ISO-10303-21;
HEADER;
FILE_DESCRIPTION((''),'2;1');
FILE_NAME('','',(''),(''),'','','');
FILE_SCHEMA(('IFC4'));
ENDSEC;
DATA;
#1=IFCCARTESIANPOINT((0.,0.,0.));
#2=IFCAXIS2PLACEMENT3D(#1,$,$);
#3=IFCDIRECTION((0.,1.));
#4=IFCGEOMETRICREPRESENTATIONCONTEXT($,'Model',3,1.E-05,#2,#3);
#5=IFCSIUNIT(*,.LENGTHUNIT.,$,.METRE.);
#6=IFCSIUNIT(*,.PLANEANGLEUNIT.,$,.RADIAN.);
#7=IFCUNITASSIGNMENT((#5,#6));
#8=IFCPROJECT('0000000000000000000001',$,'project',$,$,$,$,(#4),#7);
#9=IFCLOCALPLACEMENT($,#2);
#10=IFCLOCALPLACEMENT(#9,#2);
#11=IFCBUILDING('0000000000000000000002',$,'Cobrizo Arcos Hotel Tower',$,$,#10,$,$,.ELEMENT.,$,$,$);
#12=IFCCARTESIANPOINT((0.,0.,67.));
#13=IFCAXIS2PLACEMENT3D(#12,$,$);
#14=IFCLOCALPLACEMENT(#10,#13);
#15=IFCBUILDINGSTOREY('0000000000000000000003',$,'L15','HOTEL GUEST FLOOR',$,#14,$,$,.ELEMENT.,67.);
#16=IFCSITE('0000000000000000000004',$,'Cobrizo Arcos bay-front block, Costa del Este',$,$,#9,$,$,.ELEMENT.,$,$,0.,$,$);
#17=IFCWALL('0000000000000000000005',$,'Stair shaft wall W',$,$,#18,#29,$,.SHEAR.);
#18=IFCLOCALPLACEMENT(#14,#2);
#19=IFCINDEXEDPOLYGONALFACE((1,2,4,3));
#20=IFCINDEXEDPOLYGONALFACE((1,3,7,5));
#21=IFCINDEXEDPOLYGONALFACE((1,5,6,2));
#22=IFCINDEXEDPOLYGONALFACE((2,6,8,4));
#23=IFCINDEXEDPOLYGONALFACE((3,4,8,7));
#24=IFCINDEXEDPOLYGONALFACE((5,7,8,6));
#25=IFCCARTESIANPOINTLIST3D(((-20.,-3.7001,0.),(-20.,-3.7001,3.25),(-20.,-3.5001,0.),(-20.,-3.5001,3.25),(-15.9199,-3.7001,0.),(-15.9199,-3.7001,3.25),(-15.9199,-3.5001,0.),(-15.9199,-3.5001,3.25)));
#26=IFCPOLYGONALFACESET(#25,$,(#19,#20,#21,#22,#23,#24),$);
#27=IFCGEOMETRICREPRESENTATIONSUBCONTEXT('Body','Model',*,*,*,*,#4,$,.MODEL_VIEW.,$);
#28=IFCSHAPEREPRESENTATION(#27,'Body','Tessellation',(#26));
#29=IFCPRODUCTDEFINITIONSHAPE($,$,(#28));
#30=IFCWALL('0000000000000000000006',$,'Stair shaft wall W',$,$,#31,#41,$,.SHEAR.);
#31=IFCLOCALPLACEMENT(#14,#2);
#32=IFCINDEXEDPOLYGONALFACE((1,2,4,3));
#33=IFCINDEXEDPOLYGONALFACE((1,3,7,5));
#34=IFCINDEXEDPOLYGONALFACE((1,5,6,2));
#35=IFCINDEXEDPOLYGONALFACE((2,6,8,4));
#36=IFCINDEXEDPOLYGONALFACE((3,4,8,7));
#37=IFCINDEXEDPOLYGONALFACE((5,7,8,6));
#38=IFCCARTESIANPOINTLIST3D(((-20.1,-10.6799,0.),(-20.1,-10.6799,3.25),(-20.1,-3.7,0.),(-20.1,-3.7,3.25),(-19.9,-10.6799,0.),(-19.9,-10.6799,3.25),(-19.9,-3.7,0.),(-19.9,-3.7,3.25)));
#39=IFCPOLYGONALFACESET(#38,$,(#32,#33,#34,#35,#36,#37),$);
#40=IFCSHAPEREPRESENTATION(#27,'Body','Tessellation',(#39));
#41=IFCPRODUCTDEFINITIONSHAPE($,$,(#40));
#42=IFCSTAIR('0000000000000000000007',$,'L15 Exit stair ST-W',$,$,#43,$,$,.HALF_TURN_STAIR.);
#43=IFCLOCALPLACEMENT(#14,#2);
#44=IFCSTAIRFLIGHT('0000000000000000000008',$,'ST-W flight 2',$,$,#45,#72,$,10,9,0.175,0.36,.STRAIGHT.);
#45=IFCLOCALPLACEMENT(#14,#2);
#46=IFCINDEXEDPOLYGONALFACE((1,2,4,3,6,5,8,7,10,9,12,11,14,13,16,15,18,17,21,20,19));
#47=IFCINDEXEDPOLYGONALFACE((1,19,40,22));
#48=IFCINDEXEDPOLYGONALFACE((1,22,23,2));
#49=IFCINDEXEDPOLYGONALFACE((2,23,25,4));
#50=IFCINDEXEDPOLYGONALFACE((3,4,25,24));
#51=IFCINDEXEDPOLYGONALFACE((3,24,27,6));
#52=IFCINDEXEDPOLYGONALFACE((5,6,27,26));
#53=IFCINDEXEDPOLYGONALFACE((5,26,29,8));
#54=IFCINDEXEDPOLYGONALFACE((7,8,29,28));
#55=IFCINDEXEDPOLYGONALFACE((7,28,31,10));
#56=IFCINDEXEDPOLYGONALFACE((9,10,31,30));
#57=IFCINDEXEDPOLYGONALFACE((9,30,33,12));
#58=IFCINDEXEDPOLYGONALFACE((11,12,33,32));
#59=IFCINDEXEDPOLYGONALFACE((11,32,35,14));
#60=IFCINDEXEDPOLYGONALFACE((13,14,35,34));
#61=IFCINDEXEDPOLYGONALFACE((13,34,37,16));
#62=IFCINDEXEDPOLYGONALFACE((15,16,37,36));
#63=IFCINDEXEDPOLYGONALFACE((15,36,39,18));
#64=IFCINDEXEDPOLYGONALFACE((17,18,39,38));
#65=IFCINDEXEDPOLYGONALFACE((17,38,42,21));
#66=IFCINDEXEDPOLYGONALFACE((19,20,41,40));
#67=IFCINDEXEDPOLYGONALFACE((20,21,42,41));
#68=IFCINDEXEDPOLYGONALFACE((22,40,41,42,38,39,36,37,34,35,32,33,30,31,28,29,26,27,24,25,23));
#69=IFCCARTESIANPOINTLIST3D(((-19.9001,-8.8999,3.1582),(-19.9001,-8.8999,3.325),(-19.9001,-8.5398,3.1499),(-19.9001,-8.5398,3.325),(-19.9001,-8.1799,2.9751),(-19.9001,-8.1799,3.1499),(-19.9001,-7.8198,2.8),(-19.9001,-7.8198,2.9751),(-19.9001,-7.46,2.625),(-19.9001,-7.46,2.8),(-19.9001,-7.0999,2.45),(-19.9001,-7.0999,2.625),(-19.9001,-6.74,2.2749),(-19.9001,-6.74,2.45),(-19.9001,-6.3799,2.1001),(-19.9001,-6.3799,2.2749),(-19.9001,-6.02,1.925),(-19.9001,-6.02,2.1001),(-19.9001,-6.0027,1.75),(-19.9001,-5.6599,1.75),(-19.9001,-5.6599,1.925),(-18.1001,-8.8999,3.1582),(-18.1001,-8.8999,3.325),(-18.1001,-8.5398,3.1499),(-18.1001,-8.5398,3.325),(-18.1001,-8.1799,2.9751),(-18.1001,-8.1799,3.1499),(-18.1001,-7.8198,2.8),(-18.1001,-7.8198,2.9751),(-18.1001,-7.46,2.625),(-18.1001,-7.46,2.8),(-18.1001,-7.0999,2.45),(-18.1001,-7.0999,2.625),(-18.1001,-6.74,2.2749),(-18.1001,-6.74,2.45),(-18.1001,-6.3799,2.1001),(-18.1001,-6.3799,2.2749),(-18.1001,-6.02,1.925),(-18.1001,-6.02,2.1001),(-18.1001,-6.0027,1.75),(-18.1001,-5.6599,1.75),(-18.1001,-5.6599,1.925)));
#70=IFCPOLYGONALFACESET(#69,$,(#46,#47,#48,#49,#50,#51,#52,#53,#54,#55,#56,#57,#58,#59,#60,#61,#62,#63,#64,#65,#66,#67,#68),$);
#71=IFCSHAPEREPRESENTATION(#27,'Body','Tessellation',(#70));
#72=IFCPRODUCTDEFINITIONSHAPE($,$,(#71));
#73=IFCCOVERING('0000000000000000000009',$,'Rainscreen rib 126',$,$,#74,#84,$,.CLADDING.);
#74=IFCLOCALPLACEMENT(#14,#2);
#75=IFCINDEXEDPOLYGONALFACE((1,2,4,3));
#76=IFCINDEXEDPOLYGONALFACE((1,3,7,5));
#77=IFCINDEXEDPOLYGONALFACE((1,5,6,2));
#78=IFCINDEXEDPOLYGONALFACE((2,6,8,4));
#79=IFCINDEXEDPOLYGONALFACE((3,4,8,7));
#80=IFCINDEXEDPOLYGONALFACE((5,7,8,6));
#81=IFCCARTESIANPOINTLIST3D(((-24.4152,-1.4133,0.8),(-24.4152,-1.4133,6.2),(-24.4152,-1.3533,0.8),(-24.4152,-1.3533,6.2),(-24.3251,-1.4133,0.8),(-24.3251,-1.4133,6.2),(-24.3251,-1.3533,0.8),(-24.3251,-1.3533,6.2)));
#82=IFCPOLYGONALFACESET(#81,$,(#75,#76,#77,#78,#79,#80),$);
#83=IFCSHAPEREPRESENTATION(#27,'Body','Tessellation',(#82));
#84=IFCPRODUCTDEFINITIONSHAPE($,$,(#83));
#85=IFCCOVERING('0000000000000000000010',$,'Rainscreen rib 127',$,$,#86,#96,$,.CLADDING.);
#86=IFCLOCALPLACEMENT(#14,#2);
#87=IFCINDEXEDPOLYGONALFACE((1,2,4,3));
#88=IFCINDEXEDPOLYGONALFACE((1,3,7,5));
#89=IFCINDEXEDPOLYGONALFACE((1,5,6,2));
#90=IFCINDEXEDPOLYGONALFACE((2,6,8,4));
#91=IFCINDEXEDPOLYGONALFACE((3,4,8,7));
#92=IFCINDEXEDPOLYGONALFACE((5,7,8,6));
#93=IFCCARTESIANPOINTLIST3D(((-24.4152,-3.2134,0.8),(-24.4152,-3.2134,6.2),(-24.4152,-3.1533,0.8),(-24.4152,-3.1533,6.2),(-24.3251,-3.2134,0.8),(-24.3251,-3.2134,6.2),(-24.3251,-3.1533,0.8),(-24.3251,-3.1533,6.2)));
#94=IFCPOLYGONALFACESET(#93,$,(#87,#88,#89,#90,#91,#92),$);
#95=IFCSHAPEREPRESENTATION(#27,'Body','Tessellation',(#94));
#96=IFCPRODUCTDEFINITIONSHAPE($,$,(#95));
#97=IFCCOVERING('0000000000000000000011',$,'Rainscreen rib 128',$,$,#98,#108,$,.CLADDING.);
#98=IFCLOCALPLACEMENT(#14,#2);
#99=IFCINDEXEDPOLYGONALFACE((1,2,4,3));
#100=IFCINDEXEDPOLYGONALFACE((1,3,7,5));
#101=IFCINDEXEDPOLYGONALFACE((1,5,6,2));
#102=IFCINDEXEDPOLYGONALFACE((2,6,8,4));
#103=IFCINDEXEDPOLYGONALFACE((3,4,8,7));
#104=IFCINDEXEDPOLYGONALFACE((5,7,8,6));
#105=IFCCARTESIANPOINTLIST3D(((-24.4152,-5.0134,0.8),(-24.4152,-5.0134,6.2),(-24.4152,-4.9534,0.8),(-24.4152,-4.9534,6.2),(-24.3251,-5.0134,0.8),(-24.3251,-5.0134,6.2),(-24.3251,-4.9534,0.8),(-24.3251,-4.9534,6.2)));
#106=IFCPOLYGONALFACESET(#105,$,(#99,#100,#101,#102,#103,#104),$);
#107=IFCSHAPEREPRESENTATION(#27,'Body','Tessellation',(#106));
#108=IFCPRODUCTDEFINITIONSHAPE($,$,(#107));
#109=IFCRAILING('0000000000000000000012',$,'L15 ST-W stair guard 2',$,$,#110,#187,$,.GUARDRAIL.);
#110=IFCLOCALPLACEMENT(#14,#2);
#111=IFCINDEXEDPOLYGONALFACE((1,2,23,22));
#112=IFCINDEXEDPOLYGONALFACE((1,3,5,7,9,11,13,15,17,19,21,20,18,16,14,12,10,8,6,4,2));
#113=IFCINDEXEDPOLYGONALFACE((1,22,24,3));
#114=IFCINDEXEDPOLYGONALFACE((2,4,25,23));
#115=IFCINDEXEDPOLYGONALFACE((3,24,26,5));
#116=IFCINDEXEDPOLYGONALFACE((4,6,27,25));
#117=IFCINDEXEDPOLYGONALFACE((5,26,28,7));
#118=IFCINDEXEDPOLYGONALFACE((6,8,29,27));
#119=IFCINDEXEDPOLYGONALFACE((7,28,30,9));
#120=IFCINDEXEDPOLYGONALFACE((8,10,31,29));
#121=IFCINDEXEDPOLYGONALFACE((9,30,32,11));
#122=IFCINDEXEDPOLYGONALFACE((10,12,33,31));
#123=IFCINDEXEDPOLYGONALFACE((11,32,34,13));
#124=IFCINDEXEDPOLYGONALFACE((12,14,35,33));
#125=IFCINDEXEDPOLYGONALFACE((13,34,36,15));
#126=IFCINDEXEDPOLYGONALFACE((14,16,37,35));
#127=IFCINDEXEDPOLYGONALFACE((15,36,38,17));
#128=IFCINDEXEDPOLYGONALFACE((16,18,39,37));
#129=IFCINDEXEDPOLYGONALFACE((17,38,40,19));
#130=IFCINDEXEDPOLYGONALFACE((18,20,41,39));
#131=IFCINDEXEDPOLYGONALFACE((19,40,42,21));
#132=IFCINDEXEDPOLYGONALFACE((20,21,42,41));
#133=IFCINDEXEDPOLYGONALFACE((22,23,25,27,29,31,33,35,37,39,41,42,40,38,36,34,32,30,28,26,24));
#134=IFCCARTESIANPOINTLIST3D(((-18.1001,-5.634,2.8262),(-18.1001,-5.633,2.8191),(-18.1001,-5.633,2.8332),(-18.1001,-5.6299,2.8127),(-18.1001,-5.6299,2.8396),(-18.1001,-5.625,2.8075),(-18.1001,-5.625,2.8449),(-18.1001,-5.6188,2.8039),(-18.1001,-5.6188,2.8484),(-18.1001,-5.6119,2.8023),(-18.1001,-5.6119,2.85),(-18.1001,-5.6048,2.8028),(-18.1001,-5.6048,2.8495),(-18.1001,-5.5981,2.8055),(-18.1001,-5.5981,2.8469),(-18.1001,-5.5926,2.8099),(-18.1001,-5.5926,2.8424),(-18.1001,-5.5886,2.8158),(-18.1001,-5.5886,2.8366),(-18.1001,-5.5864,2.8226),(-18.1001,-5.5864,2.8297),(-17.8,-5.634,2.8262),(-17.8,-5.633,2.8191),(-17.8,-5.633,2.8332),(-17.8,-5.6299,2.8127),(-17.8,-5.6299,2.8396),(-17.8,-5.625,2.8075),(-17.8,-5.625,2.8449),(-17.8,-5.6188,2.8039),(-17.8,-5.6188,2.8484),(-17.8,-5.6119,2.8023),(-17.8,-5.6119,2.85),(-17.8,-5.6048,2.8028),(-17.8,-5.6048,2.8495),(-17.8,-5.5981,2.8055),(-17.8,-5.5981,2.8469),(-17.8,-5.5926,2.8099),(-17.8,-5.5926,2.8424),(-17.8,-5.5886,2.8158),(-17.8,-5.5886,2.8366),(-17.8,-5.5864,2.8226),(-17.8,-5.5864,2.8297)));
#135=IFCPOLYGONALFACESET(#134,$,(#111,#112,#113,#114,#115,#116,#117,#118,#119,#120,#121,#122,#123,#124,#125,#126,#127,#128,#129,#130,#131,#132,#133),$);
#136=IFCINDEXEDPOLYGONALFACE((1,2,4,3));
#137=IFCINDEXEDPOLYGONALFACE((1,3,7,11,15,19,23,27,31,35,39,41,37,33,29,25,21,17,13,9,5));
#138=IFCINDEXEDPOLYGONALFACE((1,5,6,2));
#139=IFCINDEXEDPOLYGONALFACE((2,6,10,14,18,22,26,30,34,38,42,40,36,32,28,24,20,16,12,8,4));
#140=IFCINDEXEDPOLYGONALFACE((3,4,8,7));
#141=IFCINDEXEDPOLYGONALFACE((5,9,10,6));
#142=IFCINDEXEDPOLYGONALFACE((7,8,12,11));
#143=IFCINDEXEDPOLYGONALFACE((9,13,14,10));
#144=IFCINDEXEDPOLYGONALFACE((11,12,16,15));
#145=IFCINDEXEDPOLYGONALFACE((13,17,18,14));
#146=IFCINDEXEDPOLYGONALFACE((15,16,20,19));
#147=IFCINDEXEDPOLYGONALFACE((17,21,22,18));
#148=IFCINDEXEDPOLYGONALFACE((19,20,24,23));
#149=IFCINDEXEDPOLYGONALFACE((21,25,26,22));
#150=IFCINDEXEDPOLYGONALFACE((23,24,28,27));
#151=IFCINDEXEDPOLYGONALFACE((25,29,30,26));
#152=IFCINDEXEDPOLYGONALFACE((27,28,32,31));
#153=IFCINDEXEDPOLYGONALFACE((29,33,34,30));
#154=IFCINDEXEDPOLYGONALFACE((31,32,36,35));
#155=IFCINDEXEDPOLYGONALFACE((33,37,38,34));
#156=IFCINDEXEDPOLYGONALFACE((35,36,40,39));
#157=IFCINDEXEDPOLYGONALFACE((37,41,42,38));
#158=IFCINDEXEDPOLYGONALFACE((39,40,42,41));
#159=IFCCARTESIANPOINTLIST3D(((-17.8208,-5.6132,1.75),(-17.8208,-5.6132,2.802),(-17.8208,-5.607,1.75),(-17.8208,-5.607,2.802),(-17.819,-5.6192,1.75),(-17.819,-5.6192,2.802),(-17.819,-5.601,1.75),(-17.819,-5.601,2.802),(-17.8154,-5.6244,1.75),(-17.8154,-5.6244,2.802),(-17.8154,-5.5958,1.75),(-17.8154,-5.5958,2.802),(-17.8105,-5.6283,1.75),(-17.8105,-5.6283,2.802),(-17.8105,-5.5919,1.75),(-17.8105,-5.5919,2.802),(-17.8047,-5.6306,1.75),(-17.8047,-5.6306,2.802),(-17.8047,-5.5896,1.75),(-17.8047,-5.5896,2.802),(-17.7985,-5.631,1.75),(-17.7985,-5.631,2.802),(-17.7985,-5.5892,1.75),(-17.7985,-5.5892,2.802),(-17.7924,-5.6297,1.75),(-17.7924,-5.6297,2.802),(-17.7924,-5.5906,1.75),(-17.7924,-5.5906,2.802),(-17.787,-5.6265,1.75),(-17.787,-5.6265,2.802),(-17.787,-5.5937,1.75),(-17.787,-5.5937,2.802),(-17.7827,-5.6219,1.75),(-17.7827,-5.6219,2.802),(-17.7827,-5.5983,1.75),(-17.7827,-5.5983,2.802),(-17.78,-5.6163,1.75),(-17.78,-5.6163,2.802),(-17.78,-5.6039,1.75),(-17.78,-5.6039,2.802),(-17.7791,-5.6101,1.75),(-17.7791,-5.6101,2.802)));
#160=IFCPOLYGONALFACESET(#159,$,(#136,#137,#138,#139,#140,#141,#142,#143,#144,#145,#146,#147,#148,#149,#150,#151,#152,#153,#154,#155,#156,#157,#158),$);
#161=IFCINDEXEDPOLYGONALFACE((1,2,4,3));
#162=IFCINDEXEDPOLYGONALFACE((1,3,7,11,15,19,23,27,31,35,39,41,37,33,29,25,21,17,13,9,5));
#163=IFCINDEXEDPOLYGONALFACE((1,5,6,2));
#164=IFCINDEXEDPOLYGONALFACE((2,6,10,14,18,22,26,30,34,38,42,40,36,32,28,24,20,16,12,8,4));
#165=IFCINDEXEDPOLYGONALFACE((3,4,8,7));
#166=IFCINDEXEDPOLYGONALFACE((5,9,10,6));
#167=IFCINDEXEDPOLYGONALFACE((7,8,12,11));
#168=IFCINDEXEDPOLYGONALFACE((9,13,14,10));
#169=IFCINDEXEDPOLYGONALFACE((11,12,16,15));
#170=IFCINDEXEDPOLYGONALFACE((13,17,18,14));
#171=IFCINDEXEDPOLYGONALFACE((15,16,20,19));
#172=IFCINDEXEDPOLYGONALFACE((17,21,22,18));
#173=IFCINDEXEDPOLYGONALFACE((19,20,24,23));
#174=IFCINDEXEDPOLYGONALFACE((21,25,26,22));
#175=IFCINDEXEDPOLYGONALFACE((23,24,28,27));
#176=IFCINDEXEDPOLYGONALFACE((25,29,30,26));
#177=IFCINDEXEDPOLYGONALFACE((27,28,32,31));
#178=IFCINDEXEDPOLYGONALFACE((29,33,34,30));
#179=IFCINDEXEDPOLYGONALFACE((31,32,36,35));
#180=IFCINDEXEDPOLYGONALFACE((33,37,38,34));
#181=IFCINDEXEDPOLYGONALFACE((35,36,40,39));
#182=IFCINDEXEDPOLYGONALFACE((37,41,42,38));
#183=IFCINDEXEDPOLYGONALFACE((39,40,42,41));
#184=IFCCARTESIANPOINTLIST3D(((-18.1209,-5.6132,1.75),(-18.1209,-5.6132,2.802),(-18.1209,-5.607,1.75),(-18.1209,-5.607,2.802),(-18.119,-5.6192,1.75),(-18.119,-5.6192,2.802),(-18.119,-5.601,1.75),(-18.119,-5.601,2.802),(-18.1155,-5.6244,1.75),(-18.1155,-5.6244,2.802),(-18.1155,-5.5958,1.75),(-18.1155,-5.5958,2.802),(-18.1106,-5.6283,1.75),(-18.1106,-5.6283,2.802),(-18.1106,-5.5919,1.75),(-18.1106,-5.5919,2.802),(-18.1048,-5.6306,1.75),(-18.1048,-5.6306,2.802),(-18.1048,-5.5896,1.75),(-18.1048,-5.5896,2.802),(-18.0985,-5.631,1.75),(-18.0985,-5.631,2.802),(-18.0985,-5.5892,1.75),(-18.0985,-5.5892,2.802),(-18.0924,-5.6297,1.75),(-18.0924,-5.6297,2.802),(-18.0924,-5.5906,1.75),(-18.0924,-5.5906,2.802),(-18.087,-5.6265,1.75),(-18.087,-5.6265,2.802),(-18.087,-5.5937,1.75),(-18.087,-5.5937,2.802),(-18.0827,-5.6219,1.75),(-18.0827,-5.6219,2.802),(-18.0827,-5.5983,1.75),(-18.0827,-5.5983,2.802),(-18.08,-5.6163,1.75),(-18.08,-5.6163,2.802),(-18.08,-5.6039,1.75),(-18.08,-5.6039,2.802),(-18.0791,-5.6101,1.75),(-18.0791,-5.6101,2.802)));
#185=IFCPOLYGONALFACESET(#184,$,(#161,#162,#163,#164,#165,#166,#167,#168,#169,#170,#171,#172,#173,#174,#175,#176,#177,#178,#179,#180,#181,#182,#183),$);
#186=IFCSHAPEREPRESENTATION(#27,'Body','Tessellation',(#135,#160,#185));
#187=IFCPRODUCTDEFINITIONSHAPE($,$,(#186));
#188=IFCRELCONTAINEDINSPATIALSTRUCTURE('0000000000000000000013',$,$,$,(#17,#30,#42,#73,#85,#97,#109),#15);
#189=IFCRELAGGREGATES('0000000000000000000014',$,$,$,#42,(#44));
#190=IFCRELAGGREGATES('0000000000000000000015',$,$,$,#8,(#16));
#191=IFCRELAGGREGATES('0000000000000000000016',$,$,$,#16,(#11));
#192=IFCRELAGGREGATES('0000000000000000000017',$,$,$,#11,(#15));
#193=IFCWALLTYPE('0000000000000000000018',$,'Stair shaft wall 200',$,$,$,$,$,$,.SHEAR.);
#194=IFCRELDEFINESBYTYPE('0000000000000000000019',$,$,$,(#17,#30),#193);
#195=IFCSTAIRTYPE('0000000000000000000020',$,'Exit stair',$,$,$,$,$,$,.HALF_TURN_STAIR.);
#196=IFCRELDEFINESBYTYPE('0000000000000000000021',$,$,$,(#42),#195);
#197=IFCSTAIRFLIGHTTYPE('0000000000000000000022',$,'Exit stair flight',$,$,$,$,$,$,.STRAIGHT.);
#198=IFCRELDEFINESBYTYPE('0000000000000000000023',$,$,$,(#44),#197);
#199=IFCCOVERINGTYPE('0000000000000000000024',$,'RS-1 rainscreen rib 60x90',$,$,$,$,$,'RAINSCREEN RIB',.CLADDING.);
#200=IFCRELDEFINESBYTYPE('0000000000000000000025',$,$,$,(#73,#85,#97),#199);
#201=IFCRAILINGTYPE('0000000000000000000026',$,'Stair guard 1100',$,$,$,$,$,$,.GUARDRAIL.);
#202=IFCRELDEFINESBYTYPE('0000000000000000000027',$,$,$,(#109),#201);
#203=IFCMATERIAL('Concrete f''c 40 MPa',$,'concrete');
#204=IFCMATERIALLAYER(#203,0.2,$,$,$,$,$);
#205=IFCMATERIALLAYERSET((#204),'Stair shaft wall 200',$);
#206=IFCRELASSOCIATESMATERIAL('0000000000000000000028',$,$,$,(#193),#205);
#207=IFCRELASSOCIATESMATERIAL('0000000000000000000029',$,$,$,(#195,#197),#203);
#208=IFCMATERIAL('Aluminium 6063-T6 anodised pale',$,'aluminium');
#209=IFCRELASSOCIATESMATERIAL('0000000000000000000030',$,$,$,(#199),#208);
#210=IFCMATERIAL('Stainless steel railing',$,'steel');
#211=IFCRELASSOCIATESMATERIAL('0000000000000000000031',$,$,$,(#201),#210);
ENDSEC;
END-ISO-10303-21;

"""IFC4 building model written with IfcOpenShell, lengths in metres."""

from ifc_helpers import new_model, si_unit, direction, frame, frame_2d, origin, origin_2d, place, context, subcontext, project, spatial, polyline, rectangle, circle, outline, extrude, material, layer, layer_set, type_object, element, aggregate, save


model = new_model("IFC4")

# Units and contexts
model_context = context("Model", 3, precision=1e-05, world=origin(), true_north=direction((0.0, 1.0)))
body_context = subcontext(model_context, "Body", "Model", "MODEL_VIEW")
ifc_project = project(units=[si_unit("LENGTHUNIT", "METRE"), si_unit("PLANEANGLEUNIT", "RADIAN")], contexts=[model_context])

# Site, building, storey
site_placement = place(None, origin())
site = spatial("IfcSite", under=ifc_project, at=site_placement, Name="Cobrizo Arcos bay-front block, Costa del Este", CompositionType="ELEMENT", RefElevation=0.0)
building_placement = place(site_placement, origin())
building = spatial("IfcBuilding", under=site, at=building_placement, Name="Cobrizo Arcos Hotel Tower", CompositionType="ELEMENT")
storey_placement = place(building_placement, frame((0.0, 0.0, 67.0)))
storey = spatial("IfcBuildingStorey", under=building, at=storey_placement, Name="L15", Description="HOTEL GUEST FLOOR", CompositionType="ELEMENT", Elevation=67.0)

# Walls
ifc_material_1 = material(Name="Concrete f'c 40 MPa", Category="concrete")
ifc_layer_1 = layer(ifc_material_1, 0.2)
ifc_layer_set_1 = layer_set([ifc_layer_1], Name="Stair shaft wall 200")
wall_type_1 = type_object("IfcWallType", Name="Stair shaft wall 200", PredefinedType="SHEAR", material=ifc_layer_set_1)
wall_1_placement = place(storey_placement, frame((-20.0, -3.6001, 0.0), z_axis=(0.0, 0.0, 1.0), x_axis=(1.0, 0.0, 0.0)))
element("IfcWall", 1, at=wall_1_placement, inside=storey, type_object=wall_type_1, Name="Stair shaft wall W", PredefinedType="SHEAR", context=body_context, shape_type="SweptSolid", body=[
    extrude(rectangle(XDim=4.0801, YDim=0.2, at=frame_2d((2.04, 0.0))), origin(), (0.0, 0.0, 1.0), 3.25),
])
wall_2_placement = place(storey_placement, frame((-20.0, -10.6799, 0.0), z_axis=(0.0, 0.0, 1.0), x_axis=(0.0, 1.0, 0.0)))
element("IfcWall", 2, at=wall_2_placement, inside=storey, type_object=wall_type_1, Name="Stair shaft wall W", PredefinedType="SHEAR", context=body_context, shape_type="SweptSolid", body=[
    extrude(rectangle(XDim=6.98, YDim=0.2, at=frame_2d((3.49, 0.0))), origin(), (0.0, 0.0, 1.0), 3.25),
])

# Stair, stair flight
stair_type = type_object("IfcStairType", Name="Exit stair", PredefinedType="HALF_TURN_STAIR", material=ifc_material_1)
stair_placement = place(storey_placement, origin())
stair = element("IfcStair", 3, at=stair_placement, inside=storey, type_object=stair_type, Name="L15 Exit stair ST-W", PredefinedType="HALF_TURN_STAIR")
stair_flight_type = type_object("IfcStairFlightType", Name="Exit stair flight", PredefinedType="STRAIGHT", material=ifc_material_1)
stair_flight_placement = place(storey_placement, frame((-19.0, -5.6599, 1.75), z_axis=(0.0, 0.0, 1.0), x_axis=(0.0, -1.0, 0.0)))
stair_flight = element("IfcStairFlight", 4, at=stair_flight_placement, type_object=stair_flight_type, Name="ST-W flight 2", NumberOfRisers=10, NumberOfTreads=9, PredefinedType="STRAIGHT", RiserHeight=0.175, TreadLength=0.36, context=body_context, shape_type="SweptSolid", body=[
    extrude(outline(polyline([(0.0, 0.0), (0.0, 0.175), (0.3601, 0.175), (0.3601, 0.3501), (0.72, 0.3501), (0.72, 0.5249), (1.0801, 0.5249), (1.0801, 0.7), (1.4399, 0.7), (1.4399, 0.875), (1.8, 0.875), (1.8, 1.05), (2.1599, 1.05), (2.1599, 1.2251), (2.52, 1.2251), (2.52, 1.3999), (2.8799, 1.3999), (2.8799, 1.575), (3.24, 1.575), (3.24, 1.75), (3.24, 1.4082), (0.3428, 0.0), (0.0, 0.0)])), frame((0.0, 0.8999, 0.0), z_axis=(0.0, -1.0, 0.0), x_axis=(1.0, 0.0, 0.0)), (0.0, 0.0, 1.0), 1.8),
])
aggregate(stair, [stair_flight])

# Coverings
ifc_material_2 = material(Name="Aluminium 6063-T6 anodised pale", Category="aluminium")
covering_type = type_object("IfcCoveringType", Name="RS-1 rainscreen rib 60x90", ElementType="RAINSCREEN RIB", PredefinedType="CLADDING", material=ifc_material_2)
for number, where, z_axis, x_axis, name in (
    (5, (-24.3701, -1.3833, 0.8), (0.0, 0.0, 1.0), (0.0, -1.0, 0.0), "Rainscreen rib 126"),
    (6, (-24.3701, -3.1833, 0.8), (0.0, 0.0, 1.0), (0.0, -1.0, 0.0), "Rainscreen rib 127"),
    (7, (-24.3701, -4.9834, 0.8), (0.0, 0.0, 1.0), (0.0, -1.0, 0.0), "Rainscreen rib 128"),
):
    element("IfcCovering", number, at=place(storey_placement, frame(where, z_axis=z_axis, x_axis=x_axis)), inside=storey, type_object=covering_type, Name=name, PredefinedType="CLADDING", context=body_context, shape_type="SweptSolid", body=[
        extrude(rectangle(XDim=0.0601, YDim=0.0901, at=origin_2d()), origin(), (0.0, 0.0, 1.0), 5.3999),
    ])

# Railing
ifc_material_3 = material(Name="Stainless steel railing", Category="steel")
railing_type_1 = type_object("IfcRailingType", Name="Stair guard 1100", PredefinedType="GUARDRAIL", material=ifc_material_3)
railing_1_placement = place(storey_placement, frame((-17.8, -5.6101, 1.75)))
element("IfcRailing", 8, at=railing_1_placement, inside=storey, type_object=railing_type_1, Name="L15 ST-W stair guard 2", PredefinedType="GUARDRAIL", context=body_context, shape_type="SweptSolid", body=[
    extrude(circle(Radius=0.0239, at=origin_2d()), frame((0.0, 0.0, 1.0762), z_axis=(-1.0, 0.0, 0.0), x_axis=(0.0, -1.0, 0.0)), (0.0, 0.0, 1.0), 0.3),
    extrude(circle(Radius=0.021, at=origin_2d()), origin(), (0.0, 0.0, 1.0), 1.052),
    extrude(circle(Radius=0.021, at=origin_2d()), frame((-0.3, 0.0, 0.0)), (0.0, 0.0, 1.0), 1.052),
])

save(model, "model.ifc")
